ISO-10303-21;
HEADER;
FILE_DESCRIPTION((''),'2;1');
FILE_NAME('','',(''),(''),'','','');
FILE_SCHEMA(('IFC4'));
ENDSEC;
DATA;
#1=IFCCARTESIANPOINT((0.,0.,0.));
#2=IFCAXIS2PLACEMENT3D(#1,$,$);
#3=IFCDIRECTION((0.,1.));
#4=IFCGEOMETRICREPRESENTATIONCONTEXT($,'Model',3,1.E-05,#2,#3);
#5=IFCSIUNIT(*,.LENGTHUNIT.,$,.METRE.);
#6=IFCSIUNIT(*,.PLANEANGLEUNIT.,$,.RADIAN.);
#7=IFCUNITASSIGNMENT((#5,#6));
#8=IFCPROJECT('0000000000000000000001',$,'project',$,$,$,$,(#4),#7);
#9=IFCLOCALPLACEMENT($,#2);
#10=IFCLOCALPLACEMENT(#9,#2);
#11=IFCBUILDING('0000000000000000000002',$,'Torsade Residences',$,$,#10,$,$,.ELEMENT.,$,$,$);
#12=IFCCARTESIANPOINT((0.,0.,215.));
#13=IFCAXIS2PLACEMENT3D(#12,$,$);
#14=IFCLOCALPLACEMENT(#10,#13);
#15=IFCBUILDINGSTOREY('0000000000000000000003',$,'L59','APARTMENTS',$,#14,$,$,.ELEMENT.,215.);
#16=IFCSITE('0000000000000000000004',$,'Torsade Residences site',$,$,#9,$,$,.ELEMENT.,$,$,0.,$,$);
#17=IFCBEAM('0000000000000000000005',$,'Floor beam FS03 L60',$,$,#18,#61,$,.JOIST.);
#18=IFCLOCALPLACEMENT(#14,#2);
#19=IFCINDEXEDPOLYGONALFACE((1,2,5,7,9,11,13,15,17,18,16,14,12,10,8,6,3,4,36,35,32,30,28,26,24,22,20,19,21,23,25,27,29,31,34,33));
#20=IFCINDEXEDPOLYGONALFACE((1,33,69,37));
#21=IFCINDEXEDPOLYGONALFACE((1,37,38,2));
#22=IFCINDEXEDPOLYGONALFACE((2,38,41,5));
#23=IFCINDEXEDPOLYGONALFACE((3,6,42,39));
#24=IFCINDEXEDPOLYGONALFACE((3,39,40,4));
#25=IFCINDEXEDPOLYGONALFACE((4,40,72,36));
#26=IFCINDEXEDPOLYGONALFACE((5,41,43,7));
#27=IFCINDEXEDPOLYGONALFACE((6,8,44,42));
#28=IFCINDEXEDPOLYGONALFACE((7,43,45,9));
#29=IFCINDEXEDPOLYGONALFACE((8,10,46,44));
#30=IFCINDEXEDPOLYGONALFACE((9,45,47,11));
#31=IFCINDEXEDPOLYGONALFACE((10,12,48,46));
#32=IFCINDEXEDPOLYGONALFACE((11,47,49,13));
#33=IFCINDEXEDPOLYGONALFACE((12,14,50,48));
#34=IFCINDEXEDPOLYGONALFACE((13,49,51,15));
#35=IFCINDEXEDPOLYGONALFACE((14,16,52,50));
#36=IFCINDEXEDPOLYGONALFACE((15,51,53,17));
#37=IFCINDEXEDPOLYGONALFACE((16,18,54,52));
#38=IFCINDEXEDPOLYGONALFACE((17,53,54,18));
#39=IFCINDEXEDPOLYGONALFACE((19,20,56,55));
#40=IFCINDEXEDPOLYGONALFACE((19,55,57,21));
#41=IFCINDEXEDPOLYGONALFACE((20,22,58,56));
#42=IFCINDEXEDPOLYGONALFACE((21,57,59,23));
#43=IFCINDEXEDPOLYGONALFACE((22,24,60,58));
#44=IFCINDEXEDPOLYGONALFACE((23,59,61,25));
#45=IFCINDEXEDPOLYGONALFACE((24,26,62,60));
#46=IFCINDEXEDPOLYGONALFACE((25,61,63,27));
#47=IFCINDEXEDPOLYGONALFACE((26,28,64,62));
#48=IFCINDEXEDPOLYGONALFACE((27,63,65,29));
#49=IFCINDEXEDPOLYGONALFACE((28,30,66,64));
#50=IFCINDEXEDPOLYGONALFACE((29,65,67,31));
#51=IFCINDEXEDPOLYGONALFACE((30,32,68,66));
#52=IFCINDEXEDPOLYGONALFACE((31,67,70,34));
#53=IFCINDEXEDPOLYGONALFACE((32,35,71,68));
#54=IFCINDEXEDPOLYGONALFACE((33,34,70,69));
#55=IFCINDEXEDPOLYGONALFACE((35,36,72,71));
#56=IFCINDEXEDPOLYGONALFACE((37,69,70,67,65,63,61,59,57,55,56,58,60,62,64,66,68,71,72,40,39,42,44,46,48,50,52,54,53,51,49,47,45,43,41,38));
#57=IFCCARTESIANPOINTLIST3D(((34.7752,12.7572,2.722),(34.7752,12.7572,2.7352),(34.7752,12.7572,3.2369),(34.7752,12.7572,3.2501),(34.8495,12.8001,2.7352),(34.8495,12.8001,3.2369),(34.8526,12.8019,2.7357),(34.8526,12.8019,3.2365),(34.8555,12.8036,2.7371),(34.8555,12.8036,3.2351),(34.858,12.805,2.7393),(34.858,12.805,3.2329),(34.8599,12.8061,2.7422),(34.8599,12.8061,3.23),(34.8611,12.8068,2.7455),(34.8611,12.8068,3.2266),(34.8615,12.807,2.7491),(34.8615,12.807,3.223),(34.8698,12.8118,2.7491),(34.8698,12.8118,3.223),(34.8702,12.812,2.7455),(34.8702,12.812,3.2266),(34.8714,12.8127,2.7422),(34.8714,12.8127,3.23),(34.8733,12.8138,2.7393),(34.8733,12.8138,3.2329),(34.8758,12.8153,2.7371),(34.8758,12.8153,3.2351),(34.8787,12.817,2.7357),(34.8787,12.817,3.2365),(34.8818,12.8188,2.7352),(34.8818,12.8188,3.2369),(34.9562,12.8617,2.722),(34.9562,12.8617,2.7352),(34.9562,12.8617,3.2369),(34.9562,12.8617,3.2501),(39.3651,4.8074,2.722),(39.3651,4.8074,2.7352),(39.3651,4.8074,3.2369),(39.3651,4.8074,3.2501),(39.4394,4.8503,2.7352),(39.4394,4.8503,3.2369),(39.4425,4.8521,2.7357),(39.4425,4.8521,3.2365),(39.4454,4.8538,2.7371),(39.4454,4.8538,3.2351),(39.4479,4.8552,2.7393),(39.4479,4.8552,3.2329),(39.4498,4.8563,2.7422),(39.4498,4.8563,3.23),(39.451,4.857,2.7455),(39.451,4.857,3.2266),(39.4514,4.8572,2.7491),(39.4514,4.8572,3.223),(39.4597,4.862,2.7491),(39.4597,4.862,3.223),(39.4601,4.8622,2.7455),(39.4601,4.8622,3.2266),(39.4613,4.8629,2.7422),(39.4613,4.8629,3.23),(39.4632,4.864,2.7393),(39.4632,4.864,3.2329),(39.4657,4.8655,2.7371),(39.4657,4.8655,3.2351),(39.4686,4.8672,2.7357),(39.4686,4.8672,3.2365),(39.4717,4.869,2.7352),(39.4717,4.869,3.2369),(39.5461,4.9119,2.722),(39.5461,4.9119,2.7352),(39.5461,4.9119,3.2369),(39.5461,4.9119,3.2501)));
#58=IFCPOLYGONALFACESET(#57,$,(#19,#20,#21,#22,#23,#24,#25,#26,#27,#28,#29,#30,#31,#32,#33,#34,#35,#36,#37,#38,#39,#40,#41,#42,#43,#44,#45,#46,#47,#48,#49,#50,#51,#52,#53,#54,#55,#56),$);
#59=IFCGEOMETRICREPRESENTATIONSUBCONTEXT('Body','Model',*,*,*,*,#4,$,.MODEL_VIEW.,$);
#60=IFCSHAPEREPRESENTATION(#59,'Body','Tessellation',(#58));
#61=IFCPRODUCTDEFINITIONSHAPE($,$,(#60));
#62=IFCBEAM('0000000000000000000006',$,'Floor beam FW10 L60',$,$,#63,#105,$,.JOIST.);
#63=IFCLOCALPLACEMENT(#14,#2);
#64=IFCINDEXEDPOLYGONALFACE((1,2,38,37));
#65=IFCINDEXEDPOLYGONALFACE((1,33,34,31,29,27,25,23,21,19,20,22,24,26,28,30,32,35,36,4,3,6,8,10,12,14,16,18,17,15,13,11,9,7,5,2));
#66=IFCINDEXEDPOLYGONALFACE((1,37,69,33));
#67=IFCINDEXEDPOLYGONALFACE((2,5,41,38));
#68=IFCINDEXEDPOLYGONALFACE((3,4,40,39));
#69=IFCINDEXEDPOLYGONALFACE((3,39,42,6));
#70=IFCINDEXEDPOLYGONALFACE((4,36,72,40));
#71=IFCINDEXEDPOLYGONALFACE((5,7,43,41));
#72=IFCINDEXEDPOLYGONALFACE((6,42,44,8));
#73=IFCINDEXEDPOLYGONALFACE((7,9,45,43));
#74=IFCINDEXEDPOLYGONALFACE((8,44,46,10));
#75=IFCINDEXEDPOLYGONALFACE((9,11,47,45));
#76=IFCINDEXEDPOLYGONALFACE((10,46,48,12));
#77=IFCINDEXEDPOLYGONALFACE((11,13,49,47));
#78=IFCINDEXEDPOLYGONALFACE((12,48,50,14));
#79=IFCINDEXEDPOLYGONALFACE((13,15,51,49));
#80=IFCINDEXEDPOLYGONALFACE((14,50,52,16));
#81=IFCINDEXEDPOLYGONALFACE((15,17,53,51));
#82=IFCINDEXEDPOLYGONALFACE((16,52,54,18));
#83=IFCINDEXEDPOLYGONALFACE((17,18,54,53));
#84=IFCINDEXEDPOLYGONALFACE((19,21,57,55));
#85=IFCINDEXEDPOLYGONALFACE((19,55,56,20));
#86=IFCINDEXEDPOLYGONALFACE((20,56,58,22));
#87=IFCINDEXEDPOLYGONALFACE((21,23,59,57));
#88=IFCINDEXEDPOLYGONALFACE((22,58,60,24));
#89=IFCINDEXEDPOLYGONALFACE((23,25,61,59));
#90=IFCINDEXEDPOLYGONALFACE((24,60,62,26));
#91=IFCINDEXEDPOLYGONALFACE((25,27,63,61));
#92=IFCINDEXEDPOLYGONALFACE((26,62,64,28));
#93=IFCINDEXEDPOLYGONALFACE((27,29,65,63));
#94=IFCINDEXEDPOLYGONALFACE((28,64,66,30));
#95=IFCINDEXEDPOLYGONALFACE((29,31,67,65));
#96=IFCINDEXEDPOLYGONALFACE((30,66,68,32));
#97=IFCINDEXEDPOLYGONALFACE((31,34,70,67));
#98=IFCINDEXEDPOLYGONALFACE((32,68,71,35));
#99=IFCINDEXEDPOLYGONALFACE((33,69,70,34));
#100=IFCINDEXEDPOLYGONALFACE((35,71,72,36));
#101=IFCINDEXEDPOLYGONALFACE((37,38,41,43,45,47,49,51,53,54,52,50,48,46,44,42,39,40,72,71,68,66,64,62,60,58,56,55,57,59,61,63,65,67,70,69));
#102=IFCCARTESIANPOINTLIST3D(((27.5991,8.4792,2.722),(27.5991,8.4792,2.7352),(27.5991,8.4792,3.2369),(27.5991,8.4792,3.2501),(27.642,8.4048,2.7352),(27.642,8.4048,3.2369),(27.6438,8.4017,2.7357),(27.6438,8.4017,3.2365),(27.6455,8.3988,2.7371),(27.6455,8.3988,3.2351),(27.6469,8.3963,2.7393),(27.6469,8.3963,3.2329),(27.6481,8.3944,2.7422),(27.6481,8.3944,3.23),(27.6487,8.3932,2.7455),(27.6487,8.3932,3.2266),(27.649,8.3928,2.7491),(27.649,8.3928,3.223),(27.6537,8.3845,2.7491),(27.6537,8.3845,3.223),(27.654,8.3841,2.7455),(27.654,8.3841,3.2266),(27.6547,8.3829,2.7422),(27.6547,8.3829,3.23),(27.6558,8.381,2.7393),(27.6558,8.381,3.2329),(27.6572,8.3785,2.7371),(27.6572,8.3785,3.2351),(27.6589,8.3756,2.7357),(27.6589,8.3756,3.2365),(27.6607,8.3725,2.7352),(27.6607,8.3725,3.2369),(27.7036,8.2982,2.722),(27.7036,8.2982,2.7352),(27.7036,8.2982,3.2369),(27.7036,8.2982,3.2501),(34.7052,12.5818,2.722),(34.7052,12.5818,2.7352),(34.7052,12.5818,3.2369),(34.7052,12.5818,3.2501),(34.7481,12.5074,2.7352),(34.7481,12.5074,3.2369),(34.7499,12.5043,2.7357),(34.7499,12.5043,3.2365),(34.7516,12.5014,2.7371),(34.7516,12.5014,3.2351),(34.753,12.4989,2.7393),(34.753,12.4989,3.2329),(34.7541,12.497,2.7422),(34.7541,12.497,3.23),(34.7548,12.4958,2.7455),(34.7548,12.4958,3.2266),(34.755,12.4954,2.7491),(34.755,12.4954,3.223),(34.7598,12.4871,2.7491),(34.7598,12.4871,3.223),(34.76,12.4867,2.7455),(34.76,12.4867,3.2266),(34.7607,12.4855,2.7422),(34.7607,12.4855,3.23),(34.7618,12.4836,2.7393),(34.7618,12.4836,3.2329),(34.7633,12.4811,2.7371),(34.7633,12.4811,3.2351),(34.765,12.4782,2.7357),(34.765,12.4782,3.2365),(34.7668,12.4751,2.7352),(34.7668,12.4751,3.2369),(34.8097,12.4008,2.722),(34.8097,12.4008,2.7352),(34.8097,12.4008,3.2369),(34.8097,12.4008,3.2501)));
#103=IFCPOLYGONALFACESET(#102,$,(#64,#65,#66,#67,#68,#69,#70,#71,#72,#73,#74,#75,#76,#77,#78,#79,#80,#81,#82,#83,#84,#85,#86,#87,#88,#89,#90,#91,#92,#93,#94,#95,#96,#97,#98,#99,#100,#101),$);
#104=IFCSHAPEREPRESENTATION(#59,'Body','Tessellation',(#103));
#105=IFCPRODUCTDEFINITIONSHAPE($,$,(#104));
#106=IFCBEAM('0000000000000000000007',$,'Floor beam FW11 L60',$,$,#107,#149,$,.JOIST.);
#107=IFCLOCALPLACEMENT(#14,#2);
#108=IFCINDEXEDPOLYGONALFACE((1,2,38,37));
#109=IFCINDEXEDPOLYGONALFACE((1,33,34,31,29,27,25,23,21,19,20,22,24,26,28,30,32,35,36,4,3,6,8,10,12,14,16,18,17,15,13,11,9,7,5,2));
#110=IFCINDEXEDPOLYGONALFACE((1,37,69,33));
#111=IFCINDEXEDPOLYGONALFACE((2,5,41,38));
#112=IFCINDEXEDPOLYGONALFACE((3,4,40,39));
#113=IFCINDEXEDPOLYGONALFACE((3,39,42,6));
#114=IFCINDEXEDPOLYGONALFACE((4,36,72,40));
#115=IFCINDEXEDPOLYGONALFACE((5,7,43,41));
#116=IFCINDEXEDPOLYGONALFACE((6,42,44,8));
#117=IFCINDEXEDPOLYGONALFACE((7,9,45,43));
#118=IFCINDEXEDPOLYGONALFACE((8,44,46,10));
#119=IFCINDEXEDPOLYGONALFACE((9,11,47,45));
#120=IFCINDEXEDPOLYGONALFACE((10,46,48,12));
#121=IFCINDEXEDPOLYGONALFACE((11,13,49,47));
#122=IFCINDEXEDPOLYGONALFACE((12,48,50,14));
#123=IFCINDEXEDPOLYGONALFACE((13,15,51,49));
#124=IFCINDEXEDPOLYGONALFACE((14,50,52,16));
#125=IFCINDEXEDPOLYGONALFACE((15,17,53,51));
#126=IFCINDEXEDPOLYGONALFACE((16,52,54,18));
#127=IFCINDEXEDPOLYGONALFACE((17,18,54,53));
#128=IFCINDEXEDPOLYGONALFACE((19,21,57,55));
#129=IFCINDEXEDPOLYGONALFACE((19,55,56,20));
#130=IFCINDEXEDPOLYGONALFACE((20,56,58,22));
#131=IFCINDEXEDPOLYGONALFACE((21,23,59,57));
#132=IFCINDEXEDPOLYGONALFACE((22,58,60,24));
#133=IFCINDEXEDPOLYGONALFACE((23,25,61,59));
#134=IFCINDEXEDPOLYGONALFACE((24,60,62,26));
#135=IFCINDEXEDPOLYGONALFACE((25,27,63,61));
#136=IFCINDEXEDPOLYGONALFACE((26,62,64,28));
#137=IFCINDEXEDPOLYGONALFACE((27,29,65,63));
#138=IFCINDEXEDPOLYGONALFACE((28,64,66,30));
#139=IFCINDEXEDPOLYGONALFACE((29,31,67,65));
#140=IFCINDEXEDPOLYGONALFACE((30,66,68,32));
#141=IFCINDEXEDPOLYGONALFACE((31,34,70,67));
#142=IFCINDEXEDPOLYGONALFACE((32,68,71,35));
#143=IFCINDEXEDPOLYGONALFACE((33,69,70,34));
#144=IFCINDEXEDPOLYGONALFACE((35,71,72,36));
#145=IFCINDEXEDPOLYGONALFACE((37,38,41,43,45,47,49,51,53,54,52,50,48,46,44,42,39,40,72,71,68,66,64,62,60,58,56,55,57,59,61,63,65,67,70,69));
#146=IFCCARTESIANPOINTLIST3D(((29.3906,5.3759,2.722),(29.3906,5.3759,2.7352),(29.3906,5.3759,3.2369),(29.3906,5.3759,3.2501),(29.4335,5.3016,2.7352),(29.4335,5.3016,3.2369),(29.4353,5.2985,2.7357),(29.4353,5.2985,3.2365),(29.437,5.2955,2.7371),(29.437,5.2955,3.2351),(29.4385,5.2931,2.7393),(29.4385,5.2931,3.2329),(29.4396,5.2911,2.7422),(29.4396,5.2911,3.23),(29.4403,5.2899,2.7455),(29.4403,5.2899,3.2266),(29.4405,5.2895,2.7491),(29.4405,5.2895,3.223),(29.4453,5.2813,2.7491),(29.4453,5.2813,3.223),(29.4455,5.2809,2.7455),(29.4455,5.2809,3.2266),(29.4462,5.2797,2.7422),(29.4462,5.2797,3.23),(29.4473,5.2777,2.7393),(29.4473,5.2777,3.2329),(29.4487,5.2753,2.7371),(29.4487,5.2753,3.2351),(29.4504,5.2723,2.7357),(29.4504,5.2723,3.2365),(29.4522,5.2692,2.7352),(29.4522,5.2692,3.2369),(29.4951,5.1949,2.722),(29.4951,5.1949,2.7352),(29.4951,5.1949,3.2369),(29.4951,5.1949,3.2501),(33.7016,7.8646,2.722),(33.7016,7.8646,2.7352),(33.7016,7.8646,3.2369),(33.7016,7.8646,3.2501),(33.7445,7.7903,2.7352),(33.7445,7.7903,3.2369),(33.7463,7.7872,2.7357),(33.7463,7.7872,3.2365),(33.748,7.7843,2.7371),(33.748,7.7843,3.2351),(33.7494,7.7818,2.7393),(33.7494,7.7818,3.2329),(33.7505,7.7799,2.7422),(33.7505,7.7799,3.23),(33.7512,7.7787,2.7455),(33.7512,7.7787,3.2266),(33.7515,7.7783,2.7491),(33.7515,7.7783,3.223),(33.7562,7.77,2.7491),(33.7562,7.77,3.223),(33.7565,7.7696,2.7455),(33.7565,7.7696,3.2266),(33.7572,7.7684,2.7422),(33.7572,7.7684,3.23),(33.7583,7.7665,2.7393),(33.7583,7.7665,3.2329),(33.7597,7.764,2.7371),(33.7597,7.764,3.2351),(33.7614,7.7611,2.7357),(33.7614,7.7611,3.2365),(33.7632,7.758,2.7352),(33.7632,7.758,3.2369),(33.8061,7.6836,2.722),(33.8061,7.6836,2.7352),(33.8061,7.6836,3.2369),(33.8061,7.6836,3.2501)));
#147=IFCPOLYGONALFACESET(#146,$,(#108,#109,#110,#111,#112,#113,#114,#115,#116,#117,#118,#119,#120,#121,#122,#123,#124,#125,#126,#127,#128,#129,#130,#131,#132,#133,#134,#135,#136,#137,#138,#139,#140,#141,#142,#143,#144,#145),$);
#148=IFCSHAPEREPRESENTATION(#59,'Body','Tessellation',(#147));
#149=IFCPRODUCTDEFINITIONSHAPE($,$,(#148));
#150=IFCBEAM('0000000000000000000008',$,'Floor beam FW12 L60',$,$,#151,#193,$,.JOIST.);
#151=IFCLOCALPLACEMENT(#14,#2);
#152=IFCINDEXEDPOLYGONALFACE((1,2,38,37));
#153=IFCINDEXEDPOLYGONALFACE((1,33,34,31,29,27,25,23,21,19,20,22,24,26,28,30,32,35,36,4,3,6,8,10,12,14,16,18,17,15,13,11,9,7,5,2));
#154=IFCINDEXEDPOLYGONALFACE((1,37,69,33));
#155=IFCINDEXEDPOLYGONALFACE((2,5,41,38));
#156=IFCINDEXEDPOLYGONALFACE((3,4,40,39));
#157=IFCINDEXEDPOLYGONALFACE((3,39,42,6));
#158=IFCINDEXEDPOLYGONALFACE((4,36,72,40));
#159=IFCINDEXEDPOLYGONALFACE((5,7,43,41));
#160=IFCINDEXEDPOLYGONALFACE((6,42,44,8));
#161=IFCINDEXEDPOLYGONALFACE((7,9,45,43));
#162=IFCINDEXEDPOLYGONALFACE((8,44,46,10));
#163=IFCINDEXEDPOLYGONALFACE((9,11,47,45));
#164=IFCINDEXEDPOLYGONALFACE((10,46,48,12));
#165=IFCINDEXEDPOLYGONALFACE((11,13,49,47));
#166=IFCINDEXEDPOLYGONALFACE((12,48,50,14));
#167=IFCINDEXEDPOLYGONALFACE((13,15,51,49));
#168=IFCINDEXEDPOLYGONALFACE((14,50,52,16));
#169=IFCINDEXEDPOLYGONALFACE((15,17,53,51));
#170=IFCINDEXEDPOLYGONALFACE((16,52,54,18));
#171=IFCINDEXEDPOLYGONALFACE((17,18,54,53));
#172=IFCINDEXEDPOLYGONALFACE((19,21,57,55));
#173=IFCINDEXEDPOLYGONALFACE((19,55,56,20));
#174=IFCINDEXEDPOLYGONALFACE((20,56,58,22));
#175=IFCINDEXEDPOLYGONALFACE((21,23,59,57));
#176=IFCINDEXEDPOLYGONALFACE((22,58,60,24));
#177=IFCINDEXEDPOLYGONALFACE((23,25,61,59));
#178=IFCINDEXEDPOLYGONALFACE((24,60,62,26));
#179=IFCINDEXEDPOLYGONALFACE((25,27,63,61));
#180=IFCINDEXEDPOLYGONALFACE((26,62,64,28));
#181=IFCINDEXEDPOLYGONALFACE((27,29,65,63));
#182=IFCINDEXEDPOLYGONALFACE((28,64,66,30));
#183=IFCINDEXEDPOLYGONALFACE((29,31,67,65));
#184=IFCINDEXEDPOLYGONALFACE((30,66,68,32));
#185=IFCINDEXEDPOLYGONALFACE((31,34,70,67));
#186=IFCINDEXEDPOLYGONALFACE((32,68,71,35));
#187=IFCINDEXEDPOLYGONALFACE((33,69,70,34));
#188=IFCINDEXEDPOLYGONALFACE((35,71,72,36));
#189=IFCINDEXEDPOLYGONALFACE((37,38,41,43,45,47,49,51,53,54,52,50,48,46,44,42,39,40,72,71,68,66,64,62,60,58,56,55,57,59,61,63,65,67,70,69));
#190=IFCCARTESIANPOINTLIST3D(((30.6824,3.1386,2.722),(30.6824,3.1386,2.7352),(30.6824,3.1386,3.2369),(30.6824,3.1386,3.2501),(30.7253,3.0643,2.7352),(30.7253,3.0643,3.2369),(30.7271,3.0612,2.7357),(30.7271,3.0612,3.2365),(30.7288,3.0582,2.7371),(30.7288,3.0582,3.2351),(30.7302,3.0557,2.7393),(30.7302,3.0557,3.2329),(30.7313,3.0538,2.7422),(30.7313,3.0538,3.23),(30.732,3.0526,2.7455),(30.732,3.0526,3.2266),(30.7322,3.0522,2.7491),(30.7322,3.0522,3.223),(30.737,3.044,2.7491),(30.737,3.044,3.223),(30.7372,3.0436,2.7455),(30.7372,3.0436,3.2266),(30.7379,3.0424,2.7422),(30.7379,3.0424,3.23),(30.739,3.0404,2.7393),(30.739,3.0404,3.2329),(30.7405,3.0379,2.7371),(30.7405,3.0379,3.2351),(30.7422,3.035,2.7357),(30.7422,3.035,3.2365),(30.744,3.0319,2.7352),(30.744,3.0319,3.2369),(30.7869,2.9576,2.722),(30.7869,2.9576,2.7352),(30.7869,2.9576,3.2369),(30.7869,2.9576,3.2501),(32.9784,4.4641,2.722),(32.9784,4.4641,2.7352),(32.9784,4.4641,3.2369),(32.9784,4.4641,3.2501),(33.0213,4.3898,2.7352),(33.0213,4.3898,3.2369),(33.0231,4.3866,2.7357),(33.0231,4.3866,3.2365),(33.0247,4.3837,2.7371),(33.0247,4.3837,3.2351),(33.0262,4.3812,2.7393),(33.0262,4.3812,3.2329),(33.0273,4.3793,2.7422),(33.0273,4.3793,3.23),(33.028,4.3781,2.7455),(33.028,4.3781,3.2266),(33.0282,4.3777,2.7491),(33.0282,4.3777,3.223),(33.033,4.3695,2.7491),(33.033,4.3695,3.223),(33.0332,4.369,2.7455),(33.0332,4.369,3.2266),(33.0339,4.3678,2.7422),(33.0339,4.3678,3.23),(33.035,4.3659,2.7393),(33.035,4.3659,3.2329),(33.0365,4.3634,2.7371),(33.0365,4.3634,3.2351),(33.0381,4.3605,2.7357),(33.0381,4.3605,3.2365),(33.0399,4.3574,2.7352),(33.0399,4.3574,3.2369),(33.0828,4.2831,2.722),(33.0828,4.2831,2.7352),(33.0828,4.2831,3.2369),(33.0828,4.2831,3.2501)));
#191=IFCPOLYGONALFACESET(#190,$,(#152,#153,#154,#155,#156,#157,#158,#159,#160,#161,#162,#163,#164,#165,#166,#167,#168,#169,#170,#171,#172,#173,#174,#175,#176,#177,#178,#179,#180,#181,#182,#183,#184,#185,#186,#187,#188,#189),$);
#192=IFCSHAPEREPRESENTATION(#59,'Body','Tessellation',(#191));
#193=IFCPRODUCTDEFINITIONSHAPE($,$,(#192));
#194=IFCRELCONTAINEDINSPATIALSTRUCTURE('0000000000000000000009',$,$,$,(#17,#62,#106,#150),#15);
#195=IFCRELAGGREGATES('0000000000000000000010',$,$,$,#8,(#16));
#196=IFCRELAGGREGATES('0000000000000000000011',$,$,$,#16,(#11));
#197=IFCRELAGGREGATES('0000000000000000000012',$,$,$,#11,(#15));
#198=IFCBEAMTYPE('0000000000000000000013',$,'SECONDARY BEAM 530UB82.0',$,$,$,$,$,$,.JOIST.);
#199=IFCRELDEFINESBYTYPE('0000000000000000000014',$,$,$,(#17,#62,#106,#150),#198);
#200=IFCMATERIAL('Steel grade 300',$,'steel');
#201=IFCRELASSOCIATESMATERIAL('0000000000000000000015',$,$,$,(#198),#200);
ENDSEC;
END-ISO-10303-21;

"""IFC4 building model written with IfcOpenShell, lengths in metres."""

from ifc_helpers import new_model, si_unit, direction, frame, origin, origin_2d, place, context, subcontext, project, spatial, i_section, extrude, material, material_profile, profile_set, type_object, element, save


model = new_model("IFC4")

# Units and contexts
model_context = context("Model", 3, precision=1e-05, world=origin(), true_north=direction((0.0, 1.0)))
body_context = subcontext(model_context, "Body", "Model", "MODEL_VIEW")
ifc_project = project(units=[si_unit("LENGTHUNIT", "METRE"), si_unit("PLANEANGLEUNIT", "RADIAN")], contexts=[model_context])

# Site, building, storey
site_placement = place(None, origin())
site = spatial("IfcSite", under=ifc_project, at=site_placement, Name="Torsade Residences site", CompositionType="ELEMENT", RefElevation=0.0)
building_placement = place(site_placement, origin())
building = spatial("IfcBuilding", under=site, at=building_placement, Name="Torsade Residences", CompositionType="ELEMENT")
storey_placement = place(building_placement, frame((0.0, 0.0, 215.0)))
storey = spatial("IfcBuildingStorey", under=building, at=storey_placement, Name="L59", Description="APARTMENTS", CompositionType="ELEMENT", Elevation=215.0)

# Beams
ifc_material_1 = material(Name="Steel grade 300", Category="steel")
ifc_material_profile_1 = material_profile(ifc_material_1, i_section(OverallWidth=0.209, OverallDepth=0.5281, WebThickness=0.0095, FlangeThickness=0.0132, FilletRadius=0.0139, at=origin_2d()), Name="530UB82.0")
ifc_profile_set_1 = profile_set([ifc_material_profile_1], Name="Steel grade 300")
beam_type_1 = type_object("IfcBeamType", Name="SECONDARY BEAM 530UB82.0", PredefinedType="JOIST", material=ifc_profile_set_1)
beam_1_placement = place(storey_placement, frame((39.4556, 4.8596, 2.9861), z_axis=(-0.500006, 0.866022, 0.0), x_axis=(-0.866022, -0.500006, 0.0)))
element("IfcBeam", 1, at=beam_1_placement, inside=storey, type_object=beam_type_1, Name="Floor beam FS03 L60", PredefinedType="JOIST", context=body_context, shape_type="SweptSolid", body=[
    extrude(i_section(OverallWidth=0.209, OverallDepth=0.5281, WebThickness=0.0095, FlangeThickness=0.0132, FilletRadius=0.0139, at=origin_2d()), origin(), (0.0, 0.0, 1.0), 9.1797),
])
beam_2_placement = place(storey_placement, frame((27.6514, 8.3887, 2.9861), z_axis=(0.86603, 0.499992, 0.0), x_axis=(-0.499992, 0.86603, 0.0)))
element("IfcBeam", 2, at=beam_2_placement, inside=storey, type_object=beam_type_1, Name="Floor beam FW10 L60", PredefinedType="JOIST", context=body_context, shape_type="SweptSolid", body=[
    extrude(i_section(OverallWidth=0.209, OverallDepth=0.5281, WebThickness=0.0095, FlangeThickness=0.0132, FilletRadius=0.0139, at=origin_2d()), origin(), (0.0, 0.0, 1.0), 8.2053),
])
beam_3_placement = place(storey_placement, frame((29.4429, 5.2854, 2.9861), z_axis=(0.866043, 0.499969, 0.0), x_axis=(-0.499969, 0.866043, 0.0)))
element("IfcBeam", 3, at=beam_3_placement, inside=storey, type_object=beam_type_1, Name="Floor beam FW11 L60", PredefinedType="JOIST", context=body_context, shape_type="SweptSolid", body=[
    extrude(i_section(OverallWidth=0.209, OverallDepth=0.5281, WebThickness=0.0095, FlangeThickness=0.0132, FilletRadius=0.0139, at=origin_2d()), origin(), (0.0, 0.0, 1.0), 4.9778),
])
beam_4_placement = place(storey_placement, frame((30.7346, 3.0481, 2.9861), z_axis=(0.866041, 0.499972, 0.0), x_axis=(-0.499972, 0.866041, 0.0)))
element("IfcBeam", 4, at=beam_4_placement, inside=storey, type_object=beam_type_1, Name="Floor beam FW12 L60", PredefinedType="JOIST", context=body_context, shape_type="SweptSolid", body=[
    extrude(i_section(OverallWidth=0.209, OverallDepth=0.5281, WebThickness=0.0095, FlangeThickness=0.0132, FilletRadius=0.0139, at=origin_2d()), origin(), (0.0, 0.0, 1.0), 2.6511),
])

save(model, "model.ifc")
